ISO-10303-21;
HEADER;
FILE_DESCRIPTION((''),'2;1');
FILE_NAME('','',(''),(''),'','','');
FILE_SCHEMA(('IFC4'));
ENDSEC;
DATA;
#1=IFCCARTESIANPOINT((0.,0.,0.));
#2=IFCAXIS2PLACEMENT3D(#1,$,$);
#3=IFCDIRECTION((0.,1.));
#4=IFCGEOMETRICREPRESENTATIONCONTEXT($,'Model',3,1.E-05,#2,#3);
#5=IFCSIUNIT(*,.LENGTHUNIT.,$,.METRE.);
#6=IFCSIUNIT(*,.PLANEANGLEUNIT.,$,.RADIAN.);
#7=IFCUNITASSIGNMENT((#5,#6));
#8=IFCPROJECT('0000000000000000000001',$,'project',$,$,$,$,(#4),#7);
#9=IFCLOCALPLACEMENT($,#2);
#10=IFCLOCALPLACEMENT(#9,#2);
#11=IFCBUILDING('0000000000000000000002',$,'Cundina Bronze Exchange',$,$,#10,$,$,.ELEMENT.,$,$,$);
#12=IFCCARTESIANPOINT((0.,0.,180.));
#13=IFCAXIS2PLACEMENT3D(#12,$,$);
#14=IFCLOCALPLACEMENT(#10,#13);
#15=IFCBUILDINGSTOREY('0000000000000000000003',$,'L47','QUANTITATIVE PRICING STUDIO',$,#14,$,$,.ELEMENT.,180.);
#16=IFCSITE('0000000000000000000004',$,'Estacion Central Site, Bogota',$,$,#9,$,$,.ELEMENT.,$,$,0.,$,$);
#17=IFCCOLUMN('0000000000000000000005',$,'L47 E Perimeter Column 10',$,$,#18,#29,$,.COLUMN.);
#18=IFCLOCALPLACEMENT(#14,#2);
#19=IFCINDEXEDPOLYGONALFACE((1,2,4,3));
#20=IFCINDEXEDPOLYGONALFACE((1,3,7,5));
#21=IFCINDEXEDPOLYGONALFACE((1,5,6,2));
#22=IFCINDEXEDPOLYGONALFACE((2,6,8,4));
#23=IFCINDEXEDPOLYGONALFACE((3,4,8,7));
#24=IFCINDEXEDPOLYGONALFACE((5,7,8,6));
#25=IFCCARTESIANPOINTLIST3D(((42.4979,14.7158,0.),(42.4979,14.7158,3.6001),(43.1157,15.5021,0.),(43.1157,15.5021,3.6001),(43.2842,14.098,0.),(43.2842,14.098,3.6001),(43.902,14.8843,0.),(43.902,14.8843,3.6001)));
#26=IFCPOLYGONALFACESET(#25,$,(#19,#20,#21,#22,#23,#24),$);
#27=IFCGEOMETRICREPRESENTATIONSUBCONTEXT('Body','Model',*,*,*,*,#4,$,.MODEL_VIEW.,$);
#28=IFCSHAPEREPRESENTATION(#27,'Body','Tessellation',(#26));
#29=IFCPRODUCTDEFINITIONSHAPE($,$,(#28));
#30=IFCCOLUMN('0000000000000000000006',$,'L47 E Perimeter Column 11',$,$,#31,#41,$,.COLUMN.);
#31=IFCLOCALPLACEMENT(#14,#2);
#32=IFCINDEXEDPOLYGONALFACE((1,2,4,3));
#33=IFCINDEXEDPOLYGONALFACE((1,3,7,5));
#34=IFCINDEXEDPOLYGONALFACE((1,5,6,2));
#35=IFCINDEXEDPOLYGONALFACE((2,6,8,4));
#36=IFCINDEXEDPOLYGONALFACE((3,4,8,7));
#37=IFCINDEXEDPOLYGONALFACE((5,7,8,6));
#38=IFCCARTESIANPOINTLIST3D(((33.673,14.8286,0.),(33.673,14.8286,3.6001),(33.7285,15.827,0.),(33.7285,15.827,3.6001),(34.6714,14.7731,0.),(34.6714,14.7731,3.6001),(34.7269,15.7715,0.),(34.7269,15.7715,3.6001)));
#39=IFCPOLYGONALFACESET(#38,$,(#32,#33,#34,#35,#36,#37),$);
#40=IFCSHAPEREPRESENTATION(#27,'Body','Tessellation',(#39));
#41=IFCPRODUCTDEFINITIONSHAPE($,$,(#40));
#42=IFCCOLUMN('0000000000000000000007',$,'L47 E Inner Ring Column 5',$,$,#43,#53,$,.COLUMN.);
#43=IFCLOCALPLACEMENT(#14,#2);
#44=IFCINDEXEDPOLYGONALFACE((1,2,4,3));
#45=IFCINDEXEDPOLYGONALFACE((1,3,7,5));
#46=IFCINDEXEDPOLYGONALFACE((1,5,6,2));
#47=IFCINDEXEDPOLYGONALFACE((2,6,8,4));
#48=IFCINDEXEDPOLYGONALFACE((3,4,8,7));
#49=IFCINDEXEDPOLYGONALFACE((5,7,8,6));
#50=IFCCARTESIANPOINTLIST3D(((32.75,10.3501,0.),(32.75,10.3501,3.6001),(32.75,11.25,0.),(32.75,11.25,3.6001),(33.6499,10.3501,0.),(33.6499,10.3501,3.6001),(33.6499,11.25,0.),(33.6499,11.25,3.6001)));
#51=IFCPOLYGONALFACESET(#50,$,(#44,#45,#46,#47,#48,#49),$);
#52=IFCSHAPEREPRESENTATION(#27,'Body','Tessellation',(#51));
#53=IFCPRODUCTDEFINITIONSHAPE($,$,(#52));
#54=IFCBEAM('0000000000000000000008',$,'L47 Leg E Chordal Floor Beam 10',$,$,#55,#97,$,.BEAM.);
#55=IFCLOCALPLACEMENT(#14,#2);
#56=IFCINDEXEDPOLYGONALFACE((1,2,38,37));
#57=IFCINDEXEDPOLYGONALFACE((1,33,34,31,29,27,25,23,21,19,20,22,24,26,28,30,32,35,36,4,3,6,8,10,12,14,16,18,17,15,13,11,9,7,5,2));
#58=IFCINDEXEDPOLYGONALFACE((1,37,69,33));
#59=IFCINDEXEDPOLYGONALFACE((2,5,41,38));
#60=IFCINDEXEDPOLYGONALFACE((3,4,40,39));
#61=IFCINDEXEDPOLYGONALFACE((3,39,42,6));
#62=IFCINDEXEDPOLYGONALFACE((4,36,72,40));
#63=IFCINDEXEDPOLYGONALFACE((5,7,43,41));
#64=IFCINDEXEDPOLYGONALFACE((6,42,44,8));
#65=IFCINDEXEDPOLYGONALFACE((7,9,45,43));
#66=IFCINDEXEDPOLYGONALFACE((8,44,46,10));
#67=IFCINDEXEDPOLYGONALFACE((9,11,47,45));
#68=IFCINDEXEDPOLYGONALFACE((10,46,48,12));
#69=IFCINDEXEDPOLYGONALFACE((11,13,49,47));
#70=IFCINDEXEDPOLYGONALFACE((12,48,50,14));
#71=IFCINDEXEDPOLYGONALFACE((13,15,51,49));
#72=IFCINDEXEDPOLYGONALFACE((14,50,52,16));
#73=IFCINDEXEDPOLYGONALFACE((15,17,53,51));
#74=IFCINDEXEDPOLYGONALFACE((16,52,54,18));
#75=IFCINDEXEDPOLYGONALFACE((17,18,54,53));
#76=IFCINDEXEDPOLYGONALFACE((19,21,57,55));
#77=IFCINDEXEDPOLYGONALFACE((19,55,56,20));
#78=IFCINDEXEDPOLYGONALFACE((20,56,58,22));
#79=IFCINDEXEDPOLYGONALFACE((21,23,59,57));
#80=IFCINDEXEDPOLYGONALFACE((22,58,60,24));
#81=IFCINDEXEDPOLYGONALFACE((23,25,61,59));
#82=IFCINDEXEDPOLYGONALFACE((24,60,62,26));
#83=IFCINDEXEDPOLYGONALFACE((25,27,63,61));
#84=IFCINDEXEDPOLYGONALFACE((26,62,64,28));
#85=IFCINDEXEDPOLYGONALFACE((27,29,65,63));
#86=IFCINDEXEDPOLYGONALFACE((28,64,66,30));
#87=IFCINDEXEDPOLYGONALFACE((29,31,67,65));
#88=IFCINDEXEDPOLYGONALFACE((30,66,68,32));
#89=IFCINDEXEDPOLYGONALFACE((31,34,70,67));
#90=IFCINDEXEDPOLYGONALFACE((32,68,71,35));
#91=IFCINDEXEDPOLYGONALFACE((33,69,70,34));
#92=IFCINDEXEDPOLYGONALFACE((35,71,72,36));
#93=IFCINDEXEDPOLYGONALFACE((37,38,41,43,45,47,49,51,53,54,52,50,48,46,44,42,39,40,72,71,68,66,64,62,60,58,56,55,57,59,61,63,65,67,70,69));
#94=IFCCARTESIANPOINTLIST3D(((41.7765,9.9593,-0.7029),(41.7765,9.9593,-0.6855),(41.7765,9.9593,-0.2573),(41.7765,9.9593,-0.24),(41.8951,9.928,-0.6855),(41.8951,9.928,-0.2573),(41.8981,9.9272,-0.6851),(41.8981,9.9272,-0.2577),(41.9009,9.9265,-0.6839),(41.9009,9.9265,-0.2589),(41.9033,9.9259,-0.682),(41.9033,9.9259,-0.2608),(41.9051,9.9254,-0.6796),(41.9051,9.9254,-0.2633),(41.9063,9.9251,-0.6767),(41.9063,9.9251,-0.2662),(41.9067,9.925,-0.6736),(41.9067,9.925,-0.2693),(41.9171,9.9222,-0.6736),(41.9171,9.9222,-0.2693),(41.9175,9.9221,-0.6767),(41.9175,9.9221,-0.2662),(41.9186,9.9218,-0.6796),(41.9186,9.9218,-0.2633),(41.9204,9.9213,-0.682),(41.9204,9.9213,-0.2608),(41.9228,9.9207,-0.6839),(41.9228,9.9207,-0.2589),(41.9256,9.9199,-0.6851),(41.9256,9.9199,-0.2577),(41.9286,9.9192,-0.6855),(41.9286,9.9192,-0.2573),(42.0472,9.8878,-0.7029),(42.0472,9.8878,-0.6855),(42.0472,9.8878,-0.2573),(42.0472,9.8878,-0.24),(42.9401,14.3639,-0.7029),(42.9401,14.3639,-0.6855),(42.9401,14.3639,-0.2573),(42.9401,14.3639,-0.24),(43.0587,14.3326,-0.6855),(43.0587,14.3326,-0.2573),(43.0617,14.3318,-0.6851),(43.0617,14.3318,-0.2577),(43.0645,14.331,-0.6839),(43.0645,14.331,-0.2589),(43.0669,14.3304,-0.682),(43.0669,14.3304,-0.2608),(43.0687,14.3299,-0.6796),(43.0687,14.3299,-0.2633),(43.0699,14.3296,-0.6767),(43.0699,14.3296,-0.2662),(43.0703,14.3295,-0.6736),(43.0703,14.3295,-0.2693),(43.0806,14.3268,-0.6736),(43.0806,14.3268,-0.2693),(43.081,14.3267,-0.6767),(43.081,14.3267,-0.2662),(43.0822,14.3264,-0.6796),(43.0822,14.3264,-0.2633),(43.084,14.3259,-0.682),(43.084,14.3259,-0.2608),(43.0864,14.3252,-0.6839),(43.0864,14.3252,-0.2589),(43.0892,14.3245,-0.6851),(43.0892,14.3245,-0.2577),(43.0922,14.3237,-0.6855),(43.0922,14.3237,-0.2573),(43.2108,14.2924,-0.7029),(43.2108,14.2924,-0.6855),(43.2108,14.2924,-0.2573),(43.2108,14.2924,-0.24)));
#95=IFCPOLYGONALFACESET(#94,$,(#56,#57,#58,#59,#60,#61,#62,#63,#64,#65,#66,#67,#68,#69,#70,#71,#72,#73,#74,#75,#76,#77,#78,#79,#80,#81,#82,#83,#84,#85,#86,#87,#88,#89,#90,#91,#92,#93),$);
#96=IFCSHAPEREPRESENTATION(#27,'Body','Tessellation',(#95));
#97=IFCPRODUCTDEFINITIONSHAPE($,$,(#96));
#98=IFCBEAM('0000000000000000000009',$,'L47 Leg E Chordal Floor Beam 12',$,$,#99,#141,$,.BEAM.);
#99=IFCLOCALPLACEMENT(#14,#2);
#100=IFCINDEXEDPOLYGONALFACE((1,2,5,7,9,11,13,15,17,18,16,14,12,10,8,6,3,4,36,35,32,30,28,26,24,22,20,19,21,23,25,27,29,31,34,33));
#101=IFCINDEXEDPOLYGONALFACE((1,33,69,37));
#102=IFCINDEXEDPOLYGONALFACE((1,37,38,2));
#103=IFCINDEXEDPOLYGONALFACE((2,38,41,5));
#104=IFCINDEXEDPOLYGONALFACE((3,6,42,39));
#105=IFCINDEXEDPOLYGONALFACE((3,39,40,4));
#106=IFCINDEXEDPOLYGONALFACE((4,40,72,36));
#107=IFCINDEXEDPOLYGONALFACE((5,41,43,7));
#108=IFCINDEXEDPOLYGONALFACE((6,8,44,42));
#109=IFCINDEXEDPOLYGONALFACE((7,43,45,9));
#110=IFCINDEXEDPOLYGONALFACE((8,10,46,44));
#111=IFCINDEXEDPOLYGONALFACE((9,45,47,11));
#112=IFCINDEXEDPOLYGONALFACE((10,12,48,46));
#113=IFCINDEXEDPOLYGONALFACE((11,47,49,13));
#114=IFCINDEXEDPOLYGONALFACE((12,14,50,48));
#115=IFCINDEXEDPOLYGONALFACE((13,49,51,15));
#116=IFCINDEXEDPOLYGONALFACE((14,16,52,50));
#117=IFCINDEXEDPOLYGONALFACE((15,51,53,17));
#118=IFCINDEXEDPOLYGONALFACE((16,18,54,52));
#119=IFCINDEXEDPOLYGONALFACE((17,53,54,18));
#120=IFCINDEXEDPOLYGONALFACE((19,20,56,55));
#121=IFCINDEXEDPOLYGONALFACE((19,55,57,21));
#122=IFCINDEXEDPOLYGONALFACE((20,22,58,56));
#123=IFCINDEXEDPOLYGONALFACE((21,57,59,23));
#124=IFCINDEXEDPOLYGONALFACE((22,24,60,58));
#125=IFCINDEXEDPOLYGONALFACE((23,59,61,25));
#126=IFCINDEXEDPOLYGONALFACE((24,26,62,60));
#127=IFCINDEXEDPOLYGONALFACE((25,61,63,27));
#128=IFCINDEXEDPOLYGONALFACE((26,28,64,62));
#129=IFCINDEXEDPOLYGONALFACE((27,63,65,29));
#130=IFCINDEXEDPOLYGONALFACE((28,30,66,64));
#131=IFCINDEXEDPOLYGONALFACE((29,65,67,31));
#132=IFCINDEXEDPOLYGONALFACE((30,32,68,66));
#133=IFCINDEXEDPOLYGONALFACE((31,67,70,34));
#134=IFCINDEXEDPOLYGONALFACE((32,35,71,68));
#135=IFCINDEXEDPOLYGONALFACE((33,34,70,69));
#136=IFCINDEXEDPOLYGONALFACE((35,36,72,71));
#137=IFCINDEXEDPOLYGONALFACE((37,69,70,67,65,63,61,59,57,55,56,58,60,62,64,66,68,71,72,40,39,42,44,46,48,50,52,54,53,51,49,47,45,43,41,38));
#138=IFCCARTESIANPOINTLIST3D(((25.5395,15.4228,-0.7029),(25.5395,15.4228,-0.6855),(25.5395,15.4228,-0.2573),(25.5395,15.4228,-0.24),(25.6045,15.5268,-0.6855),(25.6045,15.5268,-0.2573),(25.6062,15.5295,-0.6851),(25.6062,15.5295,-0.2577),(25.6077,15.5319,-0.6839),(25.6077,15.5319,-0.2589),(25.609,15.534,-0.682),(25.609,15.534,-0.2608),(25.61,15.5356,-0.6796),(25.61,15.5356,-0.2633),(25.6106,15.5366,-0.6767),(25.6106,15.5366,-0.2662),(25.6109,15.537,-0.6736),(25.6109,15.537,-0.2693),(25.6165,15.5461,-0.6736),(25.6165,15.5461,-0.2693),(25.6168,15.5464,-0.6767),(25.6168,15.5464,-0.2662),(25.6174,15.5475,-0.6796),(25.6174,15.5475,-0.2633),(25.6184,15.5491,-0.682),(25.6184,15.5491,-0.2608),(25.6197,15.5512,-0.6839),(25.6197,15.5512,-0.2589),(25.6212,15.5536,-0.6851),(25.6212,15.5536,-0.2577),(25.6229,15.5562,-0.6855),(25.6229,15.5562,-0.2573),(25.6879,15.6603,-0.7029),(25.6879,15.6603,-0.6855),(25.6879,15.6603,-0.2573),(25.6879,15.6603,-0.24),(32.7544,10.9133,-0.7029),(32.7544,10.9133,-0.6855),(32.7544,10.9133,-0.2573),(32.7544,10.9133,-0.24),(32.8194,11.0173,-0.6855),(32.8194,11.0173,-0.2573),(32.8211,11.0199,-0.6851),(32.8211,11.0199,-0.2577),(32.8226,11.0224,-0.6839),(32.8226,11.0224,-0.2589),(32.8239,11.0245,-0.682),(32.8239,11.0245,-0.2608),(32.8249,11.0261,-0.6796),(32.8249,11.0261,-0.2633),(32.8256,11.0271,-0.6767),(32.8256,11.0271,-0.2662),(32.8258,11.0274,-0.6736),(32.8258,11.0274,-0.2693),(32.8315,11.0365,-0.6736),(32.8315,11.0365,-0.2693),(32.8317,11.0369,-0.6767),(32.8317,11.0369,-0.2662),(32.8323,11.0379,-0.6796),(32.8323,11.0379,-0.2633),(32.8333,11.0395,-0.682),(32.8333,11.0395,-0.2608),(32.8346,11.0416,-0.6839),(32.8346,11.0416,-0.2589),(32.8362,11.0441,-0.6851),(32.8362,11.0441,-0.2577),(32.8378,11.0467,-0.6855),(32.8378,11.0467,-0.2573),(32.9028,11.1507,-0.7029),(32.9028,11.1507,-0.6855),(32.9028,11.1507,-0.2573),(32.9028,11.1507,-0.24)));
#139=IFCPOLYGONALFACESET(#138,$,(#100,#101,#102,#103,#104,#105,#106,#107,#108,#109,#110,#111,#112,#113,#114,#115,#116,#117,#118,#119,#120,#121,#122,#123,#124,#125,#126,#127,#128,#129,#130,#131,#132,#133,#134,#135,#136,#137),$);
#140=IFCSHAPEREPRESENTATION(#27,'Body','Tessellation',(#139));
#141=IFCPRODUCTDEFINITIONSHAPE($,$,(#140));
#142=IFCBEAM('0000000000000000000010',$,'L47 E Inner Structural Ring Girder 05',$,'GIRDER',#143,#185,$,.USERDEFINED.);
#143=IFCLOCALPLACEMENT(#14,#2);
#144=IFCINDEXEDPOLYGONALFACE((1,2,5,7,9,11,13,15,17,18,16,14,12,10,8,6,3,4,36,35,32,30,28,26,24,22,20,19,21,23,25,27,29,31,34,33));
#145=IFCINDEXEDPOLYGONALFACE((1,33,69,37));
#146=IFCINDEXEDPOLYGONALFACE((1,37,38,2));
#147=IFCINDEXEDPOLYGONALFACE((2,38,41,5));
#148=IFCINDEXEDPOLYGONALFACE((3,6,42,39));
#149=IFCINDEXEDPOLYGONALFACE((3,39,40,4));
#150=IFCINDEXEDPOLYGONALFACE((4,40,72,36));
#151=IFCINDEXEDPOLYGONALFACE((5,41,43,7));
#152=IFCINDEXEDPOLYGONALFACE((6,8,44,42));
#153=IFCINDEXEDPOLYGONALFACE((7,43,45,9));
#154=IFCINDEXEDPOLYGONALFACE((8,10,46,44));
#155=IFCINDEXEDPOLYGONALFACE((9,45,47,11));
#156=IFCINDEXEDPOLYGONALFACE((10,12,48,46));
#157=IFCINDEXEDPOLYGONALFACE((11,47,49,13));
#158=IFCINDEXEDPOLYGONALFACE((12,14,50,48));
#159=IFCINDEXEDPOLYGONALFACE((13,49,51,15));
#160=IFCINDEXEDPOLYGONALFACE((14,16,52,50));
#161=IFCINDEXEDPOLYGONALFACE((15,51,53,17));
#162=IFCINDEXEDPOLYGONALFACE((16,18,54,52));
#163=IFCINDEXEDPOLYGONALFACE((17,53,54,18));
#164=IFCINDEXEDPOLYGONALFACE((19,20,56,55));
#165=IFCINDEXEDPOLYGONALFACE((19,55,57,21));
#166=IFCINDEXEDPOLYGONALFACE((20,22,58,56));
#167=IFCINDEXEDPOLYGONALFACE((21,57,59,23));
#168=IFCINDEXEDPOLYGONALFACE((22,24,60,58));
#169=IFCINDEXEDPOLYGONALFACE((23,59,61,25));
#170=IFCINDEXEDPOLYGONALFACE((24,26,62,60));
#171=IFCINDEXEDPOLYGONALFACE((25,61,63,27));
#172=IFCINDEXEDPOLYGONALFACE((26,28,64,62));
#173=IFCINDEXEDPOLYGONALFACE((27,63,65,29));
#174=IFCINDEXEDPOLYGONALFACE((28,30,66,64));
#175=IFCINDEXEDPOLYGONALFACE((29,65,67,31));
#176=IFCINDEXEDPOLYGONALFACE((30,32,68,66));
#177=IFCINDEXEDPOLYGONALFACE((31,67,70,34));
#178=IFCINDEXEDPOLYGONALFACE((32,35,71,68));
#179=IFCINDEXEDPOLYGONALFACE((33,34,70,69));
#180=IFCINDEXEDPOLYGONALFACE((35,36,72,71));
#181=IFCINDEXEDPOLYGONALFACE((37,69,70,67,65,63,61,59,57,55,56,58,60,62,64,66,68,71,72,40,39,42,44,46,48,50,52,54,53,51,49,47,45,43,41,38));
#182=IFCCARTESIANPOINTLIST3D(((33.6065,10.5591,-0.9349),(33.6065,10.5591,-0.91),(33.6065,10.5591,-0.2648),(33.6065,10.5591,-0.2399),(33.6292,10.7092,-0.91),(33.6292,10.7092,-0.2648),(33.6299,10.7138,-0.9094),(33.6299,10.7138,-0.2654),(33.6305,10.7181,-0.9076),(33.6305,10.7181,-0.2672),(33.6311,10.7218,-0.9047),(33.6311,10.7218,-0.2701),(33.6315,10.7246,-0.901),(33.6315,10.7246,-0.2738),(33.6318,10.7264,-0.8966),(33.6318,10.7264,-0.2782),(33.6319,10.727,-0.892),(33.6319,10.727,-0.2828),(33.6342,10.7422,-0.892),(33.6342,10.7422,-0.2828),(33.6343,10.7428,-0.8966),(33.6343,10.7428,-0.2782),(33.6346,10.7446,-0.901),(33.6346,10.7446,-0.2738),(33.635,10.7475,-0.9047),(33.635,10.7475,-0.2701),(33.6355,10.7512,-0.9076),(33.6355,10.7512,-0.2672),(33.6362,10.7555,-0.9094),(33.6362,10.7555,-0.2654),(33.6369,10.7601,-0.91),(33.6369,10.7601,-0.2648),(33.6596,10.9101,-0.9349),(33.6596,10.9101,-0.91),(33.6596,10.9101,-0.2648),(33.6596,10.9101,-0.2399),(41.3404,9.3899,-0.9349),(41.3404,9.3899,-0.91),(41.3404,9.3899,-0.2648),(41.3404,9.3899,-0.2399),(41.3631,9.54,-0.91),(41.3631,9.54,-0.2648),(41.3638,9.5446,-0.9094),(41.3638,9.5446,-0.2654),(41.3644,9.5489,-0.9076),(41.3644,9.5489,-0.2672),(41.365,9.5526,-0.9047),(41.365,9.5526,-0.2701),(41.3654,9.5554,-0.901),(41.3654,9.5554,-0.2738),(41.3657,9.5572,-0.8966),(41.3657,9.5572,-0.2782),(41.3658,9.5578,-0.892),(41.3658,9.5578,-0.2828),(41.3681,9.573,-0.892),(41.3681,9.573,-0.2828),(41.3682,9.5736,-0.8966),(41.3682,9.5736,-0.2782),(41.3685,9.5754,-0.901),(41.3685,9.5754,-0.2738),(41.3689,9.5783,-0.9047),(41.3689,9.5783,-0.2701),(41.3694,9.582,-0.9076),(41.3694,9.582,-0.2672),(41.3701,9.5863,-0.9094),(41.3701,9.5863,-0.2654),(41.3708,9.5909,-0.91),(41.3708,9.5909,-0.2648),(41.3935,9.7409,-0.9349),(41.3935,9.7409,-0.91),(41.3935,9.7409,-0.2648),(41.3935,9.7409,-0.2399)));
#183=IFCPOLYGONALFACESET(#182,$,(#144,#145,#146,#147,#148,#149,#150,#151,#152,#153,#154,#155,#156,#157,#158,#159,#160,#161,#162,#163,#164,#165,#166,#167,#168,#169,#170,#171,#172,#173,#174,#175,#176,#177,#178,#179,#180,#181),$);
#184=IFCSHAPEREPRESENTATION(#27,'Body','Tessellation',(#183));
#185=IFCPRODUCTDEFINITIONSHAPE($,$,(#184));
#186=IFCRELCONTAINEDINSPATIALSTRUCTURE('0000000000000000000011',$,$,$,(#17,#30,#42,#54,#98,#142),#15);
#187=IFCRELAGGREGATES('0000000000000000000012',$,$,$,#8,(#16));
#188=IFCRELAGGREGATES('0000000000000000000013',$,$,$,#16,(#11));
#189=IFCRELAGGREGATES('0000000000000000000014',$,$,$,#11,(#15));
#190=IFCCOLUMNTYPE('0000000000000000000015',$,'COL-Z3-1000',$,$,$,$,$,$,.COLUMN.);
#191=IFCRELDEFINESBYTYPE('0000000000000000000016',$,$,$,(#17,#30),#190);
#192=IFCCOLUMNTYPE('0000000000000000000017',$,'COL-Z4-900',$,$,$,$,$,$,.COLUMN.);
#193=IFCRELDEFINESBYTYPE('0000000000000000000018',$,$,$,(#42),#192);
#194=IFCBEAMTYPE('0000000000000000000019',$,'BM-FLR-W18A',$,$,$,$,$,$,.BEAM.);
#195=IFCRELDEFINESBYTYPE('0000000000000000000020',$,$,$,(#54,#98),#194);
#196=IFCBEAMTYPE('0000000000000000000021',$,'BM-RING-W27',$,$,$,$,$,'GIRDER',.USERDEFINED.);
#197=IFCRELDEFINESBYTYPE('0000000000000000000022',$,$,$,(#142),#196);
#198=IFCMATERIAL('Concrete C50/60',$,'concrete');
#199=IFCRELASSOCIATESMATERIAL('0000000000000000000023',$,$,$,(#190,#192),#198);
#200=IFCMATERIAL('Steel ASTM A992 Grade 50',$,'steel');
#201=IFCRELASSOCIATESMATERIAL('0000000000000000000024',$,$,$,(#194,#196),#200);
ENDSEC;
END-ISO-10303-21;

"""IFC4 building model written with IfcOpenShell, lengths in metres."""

from ifc_helpers import new_model, si_unit, direction, frame, origin, origin_2d, place, context, subcontext, project, spatial, rectangle, i_section, extrude, material, material_profile, profile_set, type_object, element, save


model = new_model("IFC4")

# Units and contexts
model_context = context("Model", 3, precision=1e-05, world=origin(), true_north=direction((0.0, 1.0)))
body_context = subcontext(model_context, "Body", "Model", "MODEL_VIEW")
ifc_project = project(units=[si_unit("LENGTHUNIT", "METRE"), si_unit("PLANEANGLEUNIT", "RADIAN")], contexts=[model_context])

# Site, building, storey
site_placement = place(None, origin())
site = spatial("IfcSite", under=ifc_project, at=site_placement, Name="Estacion Central Site, Bogota", CompositionType="ELEMENT", RefElevation=0.0)
building_placement = place(site_placement, origin())
building = spatial("IfcBuilding", under=site, at=building_placement, Name="Cundina Bronze Exchange", CompositionType="ELEMENT")
storey_placement = place(building_placement, frame((0.0, 0.0, 180.0)))
storey = spatial("IfcBuildingStorey", under=building, at=storey_placement, Name="L47", Description="QUANTITATIVE PRICING STUDIO", CompositionType="ELEMENT", Elevation=180.0)

# Columns
ifc_material_1 = material(Name="Concrete C50/60", Category="concrete")
ifc_material_profile_1 = material_profile(ifc_material_1, rectangle(XDim=1.0, YDim=1.0, at=origin_2d()), Name="RC1000X1000", Category="concrete")
ifc_profile_set_1 = profile_set([ifc_material_profile_1], Name="Concrete C50/60")
column_type_1 = type_object("IfcColumnType", Name="COL-Z3-1000", PredefinedType="COLUMN", material=ifc_profile_set_1)
for number, where, z_axis, x_axis, name in (
    (1, (43.2, 14.8, 0.0), (0.0, 0.0, 1.0), (-0.786288, 0.61786, 0.0), "L47 E Perimeter Column 10"),
    (2, (34.2, 15.3, 0.0), (0.0, 0.0, 1.0), (-0.99846, 0.055473, 0.0), "L47 E Perimeter Column 11"),
):
    element("IfcColumn", number, at=place(storey_placement, frame(where, z_axis=z_axis, x_axis=x_axis)), inside=storey, type_object=column_type_1, Name=name, PredefinedType="COLUMN", context=body_context, shape_type="SweptSolid", body=[
        extrude(rectangle(XDim=1.0, YDim=1.0, at=origin_2d()), origin(), (0.0, 0.0, 1.0), 3.6001),
    ])
ifc_material_profile_2 = material_profile(ifc_material_1, rectangle(XDim=0.8999, YDim=0.8999, at=origin_2d()), Name="RC900X900", Category="concrete")
ifc_profile_set_2 = profile_set([ifc_material_profile_2], Name="Concrete C50/60")
column_type_2 = type_object("IfcColumnType", Name="COL-Z4-900", PredefinedType="COLUMN", material=ifc_profile_set_2)
column_placement = place(storey_placement, frame((33.2, 10.8, 0.0), z_axis=(0.0, 0.0, 1.0), x_axis=(1.0, 0.0, 0.0)))
element("IfcColumn", 3, at=column_placement, inside=storey, type_object=column_type_2, Name="L47 E Inner Ring Column 5", PredefinedType="COLUMN", context=body_context, shape_type="SweptSolid", body=[
    extrude(rectangle(XDim=0.8999, YDim=0.8999, at=origin_2d()), origin(), (0.0, 0.0, 1.0), 3.6001),
])

# Beams
ifc_material_2 = material(Name="Steel ASTM A992 Grade 50", Category="steel")
ifc_material_profile_3 = material_profile(ifc_material_2, i_section(OverallWidth=0.28, OverallDepth=0.4629, WebThickness=0.0107, FlangeThickness=0.0173, FilletRadius=0.012, at=origin_2d()), Name="W18X76", Category="steel")
ifc_profile_set_3 = profile_set([ifc_material_profile_3], Name="Steel ASTM A992 Grade 50")
beam_type_1 = type_object("IfcBeamType", Name="BM-FLR-W18A", PredefinedType="BEAM", material=ifc_profile_set_3)
beam_1_placement = place(storey_placement, frame((41.9119, 9.9236, -0.4714), z_axis=(0.255414, 0.966832, 0.0), x_axis=(-0.966832, 0.255414, 0.0)))
element("IfcBeam", 4, at=beam_1_placement, inside=storey, type_object=beam_type_1, Name="L47 Leg E Chordal Floor Beam 10", PredefinedType="BEAM", context=body_context, shape_type="SweptSolid", body=[
    extrude(i_section(OverallWidth=0.28, OverallDepth=0.4629, WebThickness=0.0107, FlangeThickness=0.0173, FilletRadius=0.012, at=origin_2d()), origin(), (0.0, 0.0, 1.0), 4.5557),
])
beam_2_placement = place(storey_placement, frame((32.8286, 11.032, -0.4714), z_axis=(-0.847985, 0.53002, 0.0), x_axis=(-0.53002, -0.847985, 0.0)))
element("IfcBeam", 5, at=beam_2_placement, inside=storey, type_object=beam_type_1, Name="L47 Leg E Chordal Floor Beam 12", PredefinedType="BEAM", context=body_context, shape_type="SweptSolid", body=[
    extrude(i_section(OverallWidth=0.28, OverallDepth=0.4629, WebThickness=0.0107, FlangeThickness=0.0173, FilletRadius=0.012, at=origin_2d()), origin(), (0.0, 0.0, 1.0), 8.5083),
])
ifc_material_profile_4 = material_profile(ifc_material_2, i_section(OverallWidth=0.355, OverallDepth=0.6951, WebThickness=0.0154, FlangeThickness=0.0249, FilletRadius=0.0181, at=origin_2d()), Name="W27X146", Category="steel")
ifc_profile_set_4 = profile_set([ifc_material_profile_4], Name="Steel ASTM A992 Grade 50")
beam_type_2 = type_object("IfcBeamType", Name="BM-RING-W27", ElementType="GIRDER", PredefinedType="USERDEFINED", material=ifc_profile_set_4)
beam_3_placement = place(storey_placement, frame((41.3669, 9.5654, -0.5874), z_axis=(-0.988765, 0.149479, 0.0), x_axis=(-0.149479, -0.988765, 0.0)))
element("IfcBeam", 6, at=beam_3_placement, inside=storey, type_object=beam_type_2, Name="L47 E Inner Structural Ring Girder 05", ObjectType="GIRDER", PredefinedType="USERDEFINED", context=body_context, shape_type="SweptSolid", body=[
    extrude(i_section(OverallWidth=0.355, OverallDepth=0.6951, WebThickness=0.0154, FlangeThickness=0.0249, FilletRadius=0.0181, at=origin_2d()), origin(), (0.0, 0.0, 1.0), 7.8218),
])

save(model, "model.ifc")
